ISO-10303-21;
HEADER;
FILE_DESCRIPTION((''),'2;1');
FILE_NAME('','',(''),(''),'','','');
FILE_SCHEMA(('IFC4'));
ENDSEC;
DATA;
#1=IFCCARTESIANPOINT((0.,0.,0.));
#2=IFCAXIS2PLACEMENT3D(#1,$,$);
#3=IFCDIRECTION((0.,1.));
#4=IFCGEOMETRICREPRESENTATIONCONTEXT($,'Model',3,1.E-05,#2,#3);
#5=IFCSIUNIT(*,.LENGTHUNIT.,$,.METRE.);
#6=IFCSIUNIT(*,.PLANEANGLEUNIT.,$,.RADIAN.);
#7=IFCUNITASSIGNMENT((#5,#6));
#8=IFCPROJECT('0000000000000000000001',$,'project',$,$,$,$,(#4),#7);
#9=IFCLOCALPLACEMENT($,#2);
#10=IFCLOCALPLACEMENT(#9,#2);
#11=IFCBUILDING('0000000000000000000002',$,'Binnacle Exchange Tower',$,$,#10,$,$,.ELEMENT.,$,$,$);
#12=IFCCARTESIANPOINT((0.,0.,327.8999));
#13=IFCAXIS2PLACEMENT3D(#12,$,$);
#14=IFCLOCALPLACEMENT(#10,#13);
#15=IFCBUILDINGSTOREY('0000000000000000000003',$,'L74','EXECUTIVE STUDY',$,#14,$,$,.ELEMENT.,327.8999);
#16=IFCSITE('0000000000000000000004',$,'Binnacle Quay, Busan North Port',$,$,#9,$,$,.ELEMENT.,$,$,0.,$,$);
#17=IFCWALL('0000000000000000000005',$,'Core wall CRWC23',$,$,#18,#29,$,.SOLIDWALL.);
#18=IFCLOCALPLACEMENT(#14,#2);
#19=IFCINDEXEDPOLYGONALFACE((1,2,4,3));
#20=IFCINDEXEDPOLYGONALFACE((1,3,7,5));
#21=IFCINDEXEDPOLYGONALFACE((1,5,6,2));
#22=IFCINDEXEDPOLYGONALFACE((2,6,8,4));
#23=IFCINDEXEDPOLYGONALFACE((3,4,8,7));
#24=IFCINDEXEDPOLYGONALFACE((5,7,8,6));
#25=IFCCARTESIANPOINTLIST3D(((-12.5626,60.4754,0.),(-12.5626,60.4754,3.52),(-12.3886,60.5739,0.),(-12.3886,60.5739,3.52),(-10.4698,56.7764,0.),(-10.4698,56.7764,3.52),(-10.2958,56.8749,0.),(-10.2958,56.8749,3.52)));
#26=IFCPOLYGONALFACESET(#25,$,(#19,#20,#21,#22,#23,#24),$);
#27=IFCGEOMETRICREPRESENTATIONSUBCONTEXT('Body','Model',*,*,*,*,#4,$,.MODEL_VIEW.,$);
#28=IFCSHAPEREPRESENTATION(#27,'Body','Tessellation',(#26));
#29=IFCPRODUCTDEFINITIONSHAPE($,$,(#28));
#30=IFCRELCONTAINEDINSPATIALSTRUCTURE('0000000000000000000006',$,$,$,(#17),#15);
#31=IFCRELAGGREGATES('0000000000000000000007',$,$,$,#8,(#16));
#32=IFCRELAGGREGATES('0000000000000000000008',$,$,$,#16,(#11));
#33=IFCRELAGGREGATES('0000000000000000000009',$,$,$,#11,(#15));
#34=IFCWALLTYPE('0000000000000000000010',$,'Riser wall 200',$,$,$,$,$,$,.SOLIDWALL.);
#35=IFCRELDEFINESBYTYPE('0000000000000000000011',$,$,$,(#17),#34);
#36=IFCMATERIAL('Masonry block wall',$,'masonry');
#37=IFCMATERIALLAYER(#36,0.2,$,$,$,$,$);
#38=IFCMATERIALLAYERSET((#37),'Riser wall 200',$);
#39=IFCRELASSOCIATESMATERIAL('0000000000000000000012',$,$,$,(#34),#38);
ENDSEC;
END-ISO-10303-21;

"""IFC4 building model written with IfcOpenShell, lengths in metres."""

from ifc_helpers import new_model, si_unit, direction, frame, frame_2d, origin, place, context, subcontext, project, spatial, rectangle, extrude, material, layer, layer_set, type_object, element, save


model = new_model("IFC4")

# Units and contexts
model_context = context("Model", 3, precision=1e-05, world=origin(), true_north=direction((0.0, 1.0)))
body_context = subcontext(model_context, "Body", "Model", "MODEL_VIEW")
ifc_project = project(units=[si_unit("LENGTHUNIT", "METRE"), si_unit("PLANEANGLEUNIT", "RADIAN")], contexts=[model_context])

# Site, building, storey
site_placement = place(None, origin())
site = spatial("IfcSite", under=ifc_project, at=site_placement, Name="Binnacle Quay, Busan North Port", CompositionType="ELEMENT", RefElevation=0.0)
building_placement = place(site_placement, origin())
building = spatial("IfcBuilding", under=site, at=building_placement, Name="Binnacle Exchange Tower", CompositionType="ELEMENT")
storey_placement = place(building_placement, frame((0.0, 0.0, 327.8999)))
storey = spatial("IfcBuildingStorey", under=building, at=storey_placement, Name="L74", Description="EXECUTIVE STUDY", CompositionType="ELEMENT", Elevation=327.8999)

# Wall
ifc_material_1 = material(Name="Masonry block wall", Category="masonry")
ifc_layer_1 = layer(ifc_material_1, 0.2)
ifc_layer_set_1 = layer_set([ifc_layer_1], Name="Riser wall 200")
wall_type_1 = type_object("IfcWallType", Name="Riser wall 200", PredefinedType="SOLIDWALL", material=ifc_layer_set_1)
wall_1_placement = place(storey_placement, frame((-12.4756, 60.5247, 0.0), z_axis=(0.0, 0.0, 1.0), x_axis=(0.492423, -0.870356, 0.0)))
element("IfcWall", 1, at=wall_1_placement, inside=storey, type_object=wall_type_1, Name="Core wall CRWC23", PredefinedType="SOLIDWALL", context=body_context, shape_type="SweptSolid", body=[
    extrude(rectangle(XDim=4.25, YDim=0.2, at=frame_2d((2.125, 0.0))), origin(), (0.0, 0.0, 1.0), 3.52),
])

save(model, "model.ifc")
